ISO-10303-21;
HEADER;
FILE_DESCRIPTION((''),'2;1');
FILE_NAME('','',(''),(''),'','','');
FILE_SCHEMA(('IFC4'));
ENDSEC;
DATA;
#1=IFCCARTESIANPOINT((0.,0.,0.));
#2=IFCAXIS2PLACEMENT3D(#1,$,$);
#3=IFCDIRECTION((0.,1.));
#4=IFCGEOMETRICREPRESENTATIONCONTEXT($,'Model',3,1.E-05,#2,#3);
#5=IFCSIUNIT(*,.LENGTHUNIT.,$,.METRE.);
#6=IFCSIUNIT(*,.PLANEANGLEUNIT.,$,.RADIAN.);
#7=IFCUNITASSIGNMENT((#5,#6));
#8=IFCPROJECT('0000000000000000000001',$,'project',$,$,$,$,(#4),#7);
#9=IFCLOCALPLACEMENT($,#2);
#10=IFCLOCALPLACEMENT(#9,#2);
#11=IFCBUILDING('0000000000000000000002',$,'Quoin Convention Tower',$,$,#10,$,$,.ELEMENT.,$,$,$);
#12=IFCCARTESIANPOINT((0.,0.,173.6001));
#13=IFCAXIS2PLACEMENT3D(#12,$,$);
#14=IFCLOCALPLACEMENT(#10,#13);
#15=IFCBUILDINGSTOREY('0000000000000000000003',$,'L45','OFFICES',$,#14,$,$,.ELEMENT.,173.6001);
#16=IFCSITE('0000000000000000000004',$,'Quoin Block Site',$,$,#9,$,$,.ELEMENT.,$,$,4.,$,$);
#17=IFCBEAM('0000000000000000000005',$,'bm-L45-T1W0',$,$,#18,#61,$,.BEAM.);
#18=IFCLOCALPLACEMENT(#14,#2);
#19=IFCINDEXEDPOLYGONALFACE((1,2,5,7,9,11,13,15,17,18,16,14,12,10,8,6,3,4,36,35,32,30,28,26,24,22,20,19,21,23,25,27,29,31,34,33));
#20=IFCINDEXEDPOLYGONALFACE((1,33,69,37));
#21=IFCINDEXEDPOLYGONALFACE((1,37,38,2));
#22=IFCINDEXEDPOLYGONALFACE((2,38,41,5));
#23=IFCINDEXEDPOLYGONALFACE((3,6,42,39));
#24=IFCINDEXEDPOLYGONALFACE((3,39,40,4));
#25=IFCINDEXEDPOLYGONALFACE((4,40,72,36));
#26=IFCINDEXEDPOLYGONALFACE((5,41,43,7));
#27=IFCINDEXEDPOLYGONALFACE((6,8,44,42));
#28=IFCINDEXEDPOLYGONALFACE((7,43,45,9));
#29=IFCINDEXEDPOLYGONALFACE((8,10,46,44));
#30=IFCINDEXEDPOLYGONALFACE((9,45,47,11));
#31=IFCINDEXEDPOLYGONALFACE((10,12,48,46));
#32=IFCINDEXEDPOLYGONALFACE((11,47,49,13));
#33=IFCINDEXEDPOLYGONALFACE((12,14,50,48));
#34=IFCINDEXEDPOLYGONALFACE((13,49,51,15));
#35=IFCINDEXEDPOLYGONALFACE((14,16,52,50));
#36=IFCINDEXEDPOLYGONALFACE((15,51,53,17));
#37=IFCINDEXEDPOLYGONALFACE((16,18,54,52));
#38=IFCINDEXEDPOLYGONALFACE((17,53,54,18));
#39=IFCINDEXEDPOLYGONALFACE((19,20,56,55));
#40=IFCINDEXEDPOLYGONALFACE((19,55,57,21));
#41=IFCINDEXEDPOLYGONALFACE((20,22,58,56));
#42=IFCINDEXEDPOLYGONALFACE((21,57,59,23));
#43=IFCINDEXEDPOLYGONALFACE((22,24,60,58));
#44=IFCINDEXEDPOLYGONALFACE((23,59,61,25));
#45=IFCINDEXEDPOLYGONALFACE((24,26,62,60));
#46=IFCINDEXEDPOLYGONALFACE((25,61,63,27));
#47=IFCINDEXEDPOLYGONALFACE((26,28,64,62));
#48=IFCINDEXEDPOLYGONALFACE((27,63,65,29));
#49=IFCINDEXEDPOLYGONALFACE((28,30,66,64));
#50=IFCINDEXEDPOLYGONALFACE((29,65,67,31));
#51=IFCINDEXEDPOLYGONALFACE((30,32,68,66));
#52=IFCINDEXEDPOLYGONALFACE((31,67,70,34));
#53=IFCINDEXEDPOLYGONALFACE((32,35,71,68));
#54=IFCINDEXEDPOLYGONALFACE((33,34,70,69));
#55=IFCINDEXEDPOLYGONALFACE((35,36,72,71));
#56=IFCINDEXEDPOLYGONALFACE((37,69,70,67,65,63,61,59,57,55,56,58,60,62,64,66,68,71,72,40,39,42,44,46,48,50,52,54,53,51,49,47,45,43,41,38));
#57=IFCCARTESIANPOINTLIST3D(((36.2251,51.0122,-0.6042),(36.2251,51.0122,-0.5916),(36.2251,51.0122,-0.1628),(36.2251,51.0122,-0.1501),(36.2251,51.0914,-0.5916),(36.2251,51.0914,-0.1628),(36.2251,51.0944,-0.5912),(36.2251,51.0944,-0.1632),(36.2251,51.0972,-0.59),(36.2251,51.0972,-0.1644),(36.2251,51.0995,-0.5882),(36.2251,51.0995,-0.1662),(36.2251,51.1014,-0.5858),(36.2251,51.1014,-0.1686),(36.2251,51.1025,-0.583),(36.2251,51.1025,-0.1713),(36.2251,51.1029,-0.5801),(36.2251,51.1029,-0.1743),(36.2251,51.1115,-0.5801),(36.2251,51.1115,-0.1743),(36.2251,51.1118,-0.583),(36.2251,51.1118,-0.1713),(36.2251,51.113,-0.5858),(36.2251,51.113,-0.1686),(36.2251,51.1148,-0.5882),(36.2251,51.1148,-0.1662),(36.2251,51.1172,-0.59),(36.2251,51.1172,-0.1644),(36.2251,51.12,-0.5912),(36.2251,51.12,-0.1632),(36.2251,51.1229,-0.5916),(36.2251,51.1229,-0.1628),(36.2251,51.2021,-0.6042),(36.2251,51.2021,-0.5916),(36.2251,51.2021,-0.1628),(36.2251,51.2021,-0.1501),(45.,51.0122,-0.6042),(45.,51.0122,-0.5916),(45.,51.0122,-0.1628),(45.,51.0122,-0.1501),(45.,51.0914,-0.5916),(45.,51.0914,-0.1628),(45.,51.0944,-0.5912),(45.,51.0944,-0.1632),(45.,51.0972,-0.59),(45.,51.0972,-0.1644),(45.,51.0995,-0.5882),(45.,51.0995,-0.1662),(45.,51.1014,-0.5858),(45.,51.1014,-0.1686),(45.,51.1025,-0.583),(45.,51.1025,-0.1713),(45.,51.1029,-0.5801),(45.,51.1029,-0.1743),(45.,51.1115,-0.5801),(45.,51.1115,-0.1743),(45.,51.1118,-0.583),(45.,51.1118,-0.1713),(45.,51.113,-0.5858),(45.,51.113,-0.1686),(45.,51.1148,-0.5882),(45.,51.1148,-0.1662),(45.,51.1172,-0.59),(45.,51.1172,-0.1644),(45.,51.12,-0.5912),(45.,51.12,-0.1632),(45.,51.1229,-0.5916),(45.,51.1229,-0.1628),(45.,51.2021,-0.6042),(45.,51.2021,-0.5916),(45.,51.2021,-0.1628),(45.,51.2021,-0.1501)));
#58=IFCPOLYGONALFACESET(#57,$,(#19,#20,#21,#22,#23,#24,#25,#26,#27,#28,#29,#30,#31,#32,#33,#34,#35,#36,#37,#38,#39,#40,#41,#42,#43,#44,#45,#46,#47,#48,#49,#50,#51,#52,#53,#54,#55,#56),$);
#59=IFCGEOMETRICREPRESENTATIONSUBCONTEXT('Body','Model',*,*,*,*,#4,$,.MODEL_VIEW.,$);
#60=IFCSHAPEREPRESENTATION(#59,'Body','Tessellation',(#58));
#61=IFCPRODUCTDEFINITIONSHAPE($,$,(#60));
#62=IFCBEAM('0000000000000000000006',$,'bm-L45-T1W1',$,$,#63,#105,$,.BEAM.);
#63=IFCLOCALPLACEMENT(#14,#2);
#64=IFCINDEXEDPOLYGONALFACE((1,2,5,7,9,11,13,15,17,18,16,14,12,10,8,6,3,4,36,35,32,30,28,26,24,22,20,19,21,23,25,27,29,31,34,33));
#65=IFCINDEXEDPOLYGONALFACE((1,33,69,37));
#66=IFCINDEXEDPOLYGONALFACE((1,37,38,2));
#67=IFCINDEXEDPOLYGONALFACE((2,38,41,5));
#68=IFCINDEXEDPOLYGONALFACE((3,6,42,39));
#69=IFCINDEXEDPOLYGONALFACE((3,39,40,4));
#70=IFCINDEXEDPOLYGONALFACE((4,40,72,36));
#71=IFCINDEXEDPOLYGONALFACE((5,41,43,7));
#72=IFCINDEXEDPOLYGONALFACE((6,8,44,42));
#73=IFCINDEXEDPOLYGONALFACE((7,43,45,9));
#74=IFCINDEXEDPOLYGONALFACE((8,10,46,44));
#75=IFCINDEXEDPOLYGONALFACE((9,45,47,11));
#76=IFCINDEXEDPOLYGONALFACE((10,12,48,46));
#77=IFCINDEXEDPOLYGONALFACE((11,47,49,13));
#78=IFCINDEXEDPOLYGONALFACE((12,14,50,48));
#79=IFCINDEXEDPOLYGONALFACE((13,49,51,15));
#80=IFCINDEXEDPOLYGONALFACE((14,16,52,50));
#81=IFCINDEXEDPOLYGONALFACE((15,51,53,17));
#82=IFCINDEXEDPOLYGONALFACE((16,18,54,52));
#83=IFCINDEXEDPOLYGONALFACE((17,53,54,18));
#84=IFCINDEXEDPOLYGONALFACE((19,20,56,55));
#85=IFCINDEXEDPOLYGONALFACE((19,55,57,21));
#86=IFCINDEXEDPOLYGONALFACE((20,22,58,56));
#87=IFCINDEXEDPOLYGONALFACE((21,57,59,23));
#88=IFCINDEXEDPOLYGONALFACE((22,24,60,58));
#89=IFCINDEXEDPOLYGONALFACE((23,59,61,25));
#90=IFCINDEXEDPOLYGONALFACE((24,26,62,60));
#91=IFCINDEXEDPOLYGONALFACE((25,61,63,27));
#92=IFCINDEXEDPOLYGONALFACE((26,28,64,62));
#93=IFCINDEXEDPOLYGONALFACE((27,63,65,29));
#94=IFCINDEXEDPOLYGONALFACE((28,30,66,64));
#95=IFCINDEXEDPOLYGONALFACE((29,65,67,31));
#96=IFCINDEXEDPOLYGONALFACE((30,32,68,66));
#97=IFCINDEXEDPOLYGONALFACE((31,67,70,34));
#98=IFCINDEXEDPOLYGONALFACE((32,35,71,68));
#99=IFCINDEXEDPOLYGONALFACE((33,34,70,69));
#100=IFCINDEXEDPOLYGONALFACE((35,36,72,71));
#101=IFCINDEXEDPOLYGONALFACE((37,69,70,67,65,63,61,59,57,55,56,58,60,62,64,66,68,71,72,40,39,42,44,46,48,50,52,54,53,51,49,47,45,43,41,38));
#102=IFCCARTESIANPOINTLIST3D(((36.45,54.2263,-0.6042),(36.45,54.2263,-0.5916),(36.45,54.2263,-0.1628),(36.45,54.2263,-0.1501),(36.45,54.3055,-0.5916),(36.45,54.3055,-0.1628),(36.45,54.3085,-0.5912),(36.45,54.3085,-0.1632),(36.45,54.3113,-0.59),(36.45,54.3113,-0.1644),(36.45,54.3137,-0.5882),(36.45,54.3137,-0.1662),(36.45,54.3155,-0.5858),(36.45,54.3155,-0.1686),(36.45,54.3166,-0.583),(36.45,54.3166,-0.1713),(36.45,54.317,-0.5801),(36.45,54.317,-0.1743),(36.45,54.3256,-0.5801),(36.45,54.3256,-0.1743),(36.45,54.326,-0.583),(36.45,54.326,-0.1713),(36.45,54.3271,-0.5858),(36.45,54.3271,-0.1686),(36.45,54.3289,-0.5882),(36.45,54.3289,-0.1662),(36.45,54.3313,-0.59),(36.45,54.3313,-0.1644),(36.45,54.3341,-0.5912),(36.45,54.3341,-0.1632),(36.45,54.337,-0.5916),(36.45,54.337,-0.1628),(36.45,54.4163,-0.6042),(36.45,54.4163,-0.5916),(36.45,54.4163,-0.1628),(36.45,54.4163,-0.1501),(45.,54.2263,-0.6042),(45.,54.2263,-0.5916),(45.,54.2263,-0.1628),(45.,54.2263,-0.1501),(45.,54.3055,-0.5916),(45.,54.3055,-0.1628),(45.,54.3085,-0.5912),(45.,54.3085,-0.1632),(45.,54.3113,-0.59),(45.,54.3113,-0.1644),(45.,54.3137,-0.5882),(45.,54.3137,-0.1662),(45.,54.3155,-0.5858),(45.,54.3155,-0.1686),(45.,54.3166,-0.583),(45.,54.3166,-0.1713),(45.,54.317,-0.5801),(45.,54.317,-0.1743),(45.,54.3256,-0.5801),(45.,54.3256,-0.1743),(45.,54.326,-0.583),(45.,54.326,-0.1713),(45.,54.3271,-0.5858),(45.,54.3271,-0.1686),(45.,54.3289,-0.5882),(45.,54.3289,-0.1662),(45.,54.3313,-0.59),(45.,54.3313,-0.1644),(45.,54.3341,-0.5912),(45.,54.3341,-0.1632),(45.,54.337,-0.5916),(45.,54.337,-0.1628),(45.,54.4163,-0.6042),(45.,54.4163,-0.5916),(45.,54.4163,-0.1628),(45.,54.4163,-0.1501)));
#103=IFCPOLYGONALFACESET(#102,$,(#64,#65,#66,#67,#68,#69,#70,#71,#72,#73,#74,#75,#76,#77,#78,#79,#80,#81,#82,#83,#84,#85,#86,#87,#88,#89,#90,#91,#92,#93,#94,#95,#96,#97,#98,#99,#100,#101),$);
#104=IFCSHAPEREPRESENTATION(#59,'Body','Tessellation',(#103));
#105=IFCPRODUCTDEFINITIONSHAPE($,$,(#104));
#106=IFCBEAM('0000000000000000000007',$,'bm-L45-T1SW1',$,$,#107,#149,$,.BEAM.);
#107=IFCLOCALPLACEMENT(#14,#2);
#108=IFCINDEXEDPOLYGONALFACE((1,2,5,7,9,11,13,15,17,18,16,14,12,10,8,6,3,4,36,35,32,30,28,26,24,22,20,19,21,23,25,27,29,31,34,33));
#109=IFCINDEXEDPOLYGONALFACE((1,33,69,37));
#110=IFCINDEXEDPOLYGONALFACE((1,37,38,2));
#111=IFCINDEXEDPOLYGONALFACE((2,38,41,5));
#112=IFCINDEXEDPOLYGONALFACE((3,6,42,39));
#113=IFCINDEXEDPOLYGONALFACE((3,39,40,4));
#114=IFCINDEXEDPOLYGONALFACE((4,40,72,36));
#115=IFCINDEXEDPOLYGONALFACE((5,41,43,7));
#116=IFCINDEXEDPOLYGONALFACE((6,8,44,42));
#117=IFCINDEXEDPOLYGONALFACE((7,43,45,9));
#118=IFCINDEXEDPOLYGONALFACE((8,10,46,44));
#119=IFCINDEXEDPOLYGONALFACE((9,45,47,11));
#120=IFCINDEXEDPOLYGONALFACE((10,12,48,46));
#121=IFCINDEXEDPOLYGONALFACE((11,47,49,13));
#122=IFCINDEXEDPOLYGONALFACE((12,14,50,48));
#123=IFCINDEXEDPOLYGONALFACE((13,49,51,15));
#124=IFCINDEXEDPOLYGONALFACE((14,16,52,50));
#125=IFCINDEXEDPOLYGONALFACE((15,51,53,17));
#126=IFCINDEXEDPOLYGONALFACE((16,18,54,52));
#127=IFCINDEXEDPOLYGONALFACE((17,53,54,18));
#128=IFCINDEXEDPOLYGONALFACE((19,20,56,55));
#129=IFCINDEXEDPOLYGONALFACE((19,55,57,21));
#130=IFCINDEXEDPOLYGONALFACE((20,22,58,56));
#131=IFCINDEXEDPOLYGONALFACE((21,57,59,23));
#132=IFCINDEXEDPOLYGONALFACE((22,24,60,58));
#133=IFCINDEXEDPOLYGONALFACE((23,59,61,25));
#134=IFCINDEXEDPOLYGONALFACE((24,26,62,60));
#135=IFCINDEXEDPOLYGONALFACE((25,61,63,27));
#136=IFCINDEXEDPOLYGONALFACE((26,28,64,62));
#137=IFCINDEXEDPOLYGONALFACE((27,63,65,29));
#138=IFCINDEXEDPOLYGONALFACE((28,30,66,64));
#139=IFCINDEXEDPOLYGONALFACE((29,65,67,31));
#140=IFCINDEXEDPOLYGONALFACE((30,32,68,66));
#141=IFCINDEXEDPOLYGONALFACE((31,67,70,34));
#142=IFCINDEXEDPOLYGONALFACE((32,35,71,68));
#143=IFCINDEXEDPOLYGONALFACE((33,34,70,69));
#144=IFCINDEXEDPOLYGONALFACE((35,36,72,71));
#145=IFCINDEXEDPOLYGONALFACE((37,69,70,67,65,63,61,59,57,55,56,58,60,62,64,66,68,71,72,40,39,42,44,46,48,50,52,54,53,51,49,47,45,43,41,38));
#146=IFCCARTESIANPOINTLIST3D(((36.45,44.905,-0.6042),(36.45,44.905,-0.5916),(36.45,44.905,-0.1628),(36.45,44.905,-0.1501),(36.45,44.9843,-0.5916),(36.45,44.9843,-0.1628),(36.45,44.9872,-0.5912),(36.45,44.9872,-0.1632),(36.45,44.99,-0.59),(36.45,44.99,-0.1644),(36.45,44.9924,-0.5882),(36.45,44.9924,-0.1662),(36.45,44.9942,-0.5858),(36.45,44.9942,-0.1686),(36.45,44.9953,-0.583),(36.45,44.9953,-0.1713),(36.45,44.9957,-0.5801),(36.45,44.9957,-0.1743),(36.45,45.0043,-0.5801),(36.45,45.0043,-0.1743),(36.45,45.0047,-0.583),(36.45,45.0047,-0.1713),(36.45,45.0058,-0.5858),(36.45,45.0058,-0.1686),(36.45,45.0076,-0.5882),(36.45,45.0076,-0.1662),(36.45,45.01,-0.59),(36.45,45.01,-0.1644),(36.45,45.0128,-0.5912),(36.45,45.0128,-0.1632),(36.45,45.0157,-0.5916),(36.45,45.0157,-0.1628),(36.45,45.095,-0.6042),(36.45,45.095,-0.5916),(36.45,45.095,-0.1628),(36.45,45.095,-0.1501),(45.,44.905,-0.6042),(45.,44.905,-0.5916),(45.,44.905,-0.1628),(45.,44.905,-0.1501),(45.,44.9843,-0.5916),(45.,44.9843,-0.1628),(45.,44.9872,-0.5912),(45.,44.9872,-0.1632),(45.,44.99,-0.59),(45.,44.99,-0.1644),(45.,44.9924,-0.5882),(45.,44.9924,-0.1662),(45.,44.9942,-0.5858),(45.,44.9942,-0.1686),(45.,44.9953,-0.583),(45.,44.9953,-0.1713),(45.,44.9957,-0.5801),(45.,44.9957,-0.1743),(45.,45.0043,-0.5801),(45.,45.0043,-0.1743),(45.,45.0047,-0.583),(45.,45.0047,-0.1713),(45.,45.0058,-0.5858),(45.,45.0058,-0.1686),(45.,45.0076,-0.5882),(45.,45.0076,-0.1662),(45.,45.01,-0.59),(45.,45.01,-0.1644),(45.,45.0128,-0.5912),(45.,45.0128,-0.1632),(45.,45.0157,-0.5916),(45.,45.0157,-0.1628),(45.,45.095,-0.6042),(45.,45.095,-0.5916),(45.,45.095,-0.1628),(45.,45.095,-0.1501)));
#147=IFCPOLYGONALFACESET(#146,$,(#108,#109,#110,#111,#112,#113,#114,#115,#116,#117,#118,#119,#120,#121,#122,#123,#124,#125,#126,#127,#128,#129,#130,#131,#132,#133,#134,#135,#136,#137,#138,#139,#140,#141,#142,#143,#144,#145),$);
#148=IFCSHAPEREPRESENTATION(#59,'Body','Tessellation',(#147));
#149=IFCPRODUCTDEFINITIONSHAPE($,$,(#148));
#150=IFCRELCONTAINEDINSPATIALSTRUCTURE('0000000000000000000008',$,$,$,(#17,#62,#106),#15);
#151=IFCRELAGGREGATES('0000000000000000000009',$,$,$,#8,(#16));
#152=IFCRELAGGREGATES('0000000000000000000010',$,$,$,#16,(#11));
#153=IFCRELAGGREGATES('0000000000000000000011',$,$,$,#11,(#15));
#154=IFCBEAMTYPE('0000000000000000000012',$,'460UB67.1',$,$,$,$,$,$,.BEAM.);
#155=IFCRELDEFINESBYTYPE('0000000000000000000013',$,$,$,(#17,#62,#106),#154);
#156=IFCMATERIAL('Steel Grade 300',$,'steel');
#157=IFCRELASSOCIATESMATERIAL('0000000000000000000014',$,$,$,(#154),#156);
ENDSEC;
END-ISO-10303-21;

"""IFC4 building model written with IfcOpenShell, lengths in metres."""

from ifc_helpers import new_model, si_unit, direction, frame, origin, origin_2d, place, context, subcontext, project, spatial, i_section, extrude, material, material_profile, profile_set, type_object, element, save


model = new_model("IFC4")

# Units and contexts
model_context = context("Model", 3, precision=1e-05, world=origin(), true_north=direction((0.0, 1.0)))
body_context = subcontext(model_context, "Body", "Model", "MODEL_VIEW")
ifc_project = project(units=[si_unit("LENGTHUNIT", "METRE"), si_unit("PLANEANGLEUNIT", "RADIAN")], contexts=[model_context])

# Site, building, storey
site_placement = place(None, origin())
site = spatial("IfcSite", under=ifc_project, at=site_placement, Name="Quoin Block Site", CompositionType="ELEMENT", RefElevation=4.0)
building_placement = place(site_placement, origin())
building = spatial("IfcBuilding", under=site, at=building_placement, Name="Quoin Convention Tower", CompositionType="ELEMENT")
storey_placement = place(building_placement, frame((0.0, 0.0, 173.6001)))
storey = spatial("IfcBuildingStorey", under=building, at=storey_placement, Name="L45", Description="OFFICES", CompositionType="ELEMENT", Elevation=173.6001)

# Beams
ifc_material_1 = material(Name="Steel Grade 300", Category="steel")
ifc_material_profile = material_profile(ifc_material_1, i_section(OverallWidth=0.1899, OverallDepth=0.4541, WebThickness=0.0085, FlangeThickness=0.0127, FilletRadius=0.0115, at=origin_2d()), Name="460UB67.1")
ifc_profile_set = profile_set([ifc_material_profile], Name="Steel Grade 300")
beam_type = type_object("IfcBeamType", Name="460UB67.1", PredefinedType="BEAM", material=ifc_profile_set)
beam_placement = place(storey_placement, frame((36.2251, 51.1072, -0.3772), z_axis=(1.0, 0.0, 0.0), x_axis=(0.0, 1.0, 0.0)))
element("IfcBeam", 1, at=beam_placement, inside=storey, type_object=beam_type, Name="bm-L45-T1W0", PredefinedType="BEAM", context=body_context, shape_type="SweptSolid", body=[
    extrude(i_section(OverallWidth=0.1899, OverallDepth=0.4541, WebThickness=0.0085, FlangeThickness=0.0127, FilletRadius=0.0115, at=origin_2d()), origin(), (0.0, 0.0, 1.0), 8.7749),
])
for number, where, z_axis, x_axis, name in (
    (2, (36.45, 54.3213, -0.3772), (1.0, 0.0, 0.0), (0.0, 1.0, 0.0), "bm-L45-T1W1"),
    (3, (36.45, 45.0, -0.3772), (1.0, 0.0, 0.0), (0.0, 1.0, 0.0), "bm-L45-T1SW1"),
):
    element("IfcBeam", number, at=place(storey_placement, frame(where, z_axis=z_axis, x_axis=x_axis)), inside=storey, type_object=beam_type, Name=name, PredefinedType="BEAM", context=body_context, shape_type="SweptSolid", body=[
        extrude(i_section(OverallWidth=0.1899, OverallDepth=0.4541, WebThickness=0.0085, FlangeThickness=0.0127, FilletRadius=0.0115, at=origin_2d()), origin(), (0.0, 0.0, 1.0), 8.55),
    ])

save(model, "model.ifc")
